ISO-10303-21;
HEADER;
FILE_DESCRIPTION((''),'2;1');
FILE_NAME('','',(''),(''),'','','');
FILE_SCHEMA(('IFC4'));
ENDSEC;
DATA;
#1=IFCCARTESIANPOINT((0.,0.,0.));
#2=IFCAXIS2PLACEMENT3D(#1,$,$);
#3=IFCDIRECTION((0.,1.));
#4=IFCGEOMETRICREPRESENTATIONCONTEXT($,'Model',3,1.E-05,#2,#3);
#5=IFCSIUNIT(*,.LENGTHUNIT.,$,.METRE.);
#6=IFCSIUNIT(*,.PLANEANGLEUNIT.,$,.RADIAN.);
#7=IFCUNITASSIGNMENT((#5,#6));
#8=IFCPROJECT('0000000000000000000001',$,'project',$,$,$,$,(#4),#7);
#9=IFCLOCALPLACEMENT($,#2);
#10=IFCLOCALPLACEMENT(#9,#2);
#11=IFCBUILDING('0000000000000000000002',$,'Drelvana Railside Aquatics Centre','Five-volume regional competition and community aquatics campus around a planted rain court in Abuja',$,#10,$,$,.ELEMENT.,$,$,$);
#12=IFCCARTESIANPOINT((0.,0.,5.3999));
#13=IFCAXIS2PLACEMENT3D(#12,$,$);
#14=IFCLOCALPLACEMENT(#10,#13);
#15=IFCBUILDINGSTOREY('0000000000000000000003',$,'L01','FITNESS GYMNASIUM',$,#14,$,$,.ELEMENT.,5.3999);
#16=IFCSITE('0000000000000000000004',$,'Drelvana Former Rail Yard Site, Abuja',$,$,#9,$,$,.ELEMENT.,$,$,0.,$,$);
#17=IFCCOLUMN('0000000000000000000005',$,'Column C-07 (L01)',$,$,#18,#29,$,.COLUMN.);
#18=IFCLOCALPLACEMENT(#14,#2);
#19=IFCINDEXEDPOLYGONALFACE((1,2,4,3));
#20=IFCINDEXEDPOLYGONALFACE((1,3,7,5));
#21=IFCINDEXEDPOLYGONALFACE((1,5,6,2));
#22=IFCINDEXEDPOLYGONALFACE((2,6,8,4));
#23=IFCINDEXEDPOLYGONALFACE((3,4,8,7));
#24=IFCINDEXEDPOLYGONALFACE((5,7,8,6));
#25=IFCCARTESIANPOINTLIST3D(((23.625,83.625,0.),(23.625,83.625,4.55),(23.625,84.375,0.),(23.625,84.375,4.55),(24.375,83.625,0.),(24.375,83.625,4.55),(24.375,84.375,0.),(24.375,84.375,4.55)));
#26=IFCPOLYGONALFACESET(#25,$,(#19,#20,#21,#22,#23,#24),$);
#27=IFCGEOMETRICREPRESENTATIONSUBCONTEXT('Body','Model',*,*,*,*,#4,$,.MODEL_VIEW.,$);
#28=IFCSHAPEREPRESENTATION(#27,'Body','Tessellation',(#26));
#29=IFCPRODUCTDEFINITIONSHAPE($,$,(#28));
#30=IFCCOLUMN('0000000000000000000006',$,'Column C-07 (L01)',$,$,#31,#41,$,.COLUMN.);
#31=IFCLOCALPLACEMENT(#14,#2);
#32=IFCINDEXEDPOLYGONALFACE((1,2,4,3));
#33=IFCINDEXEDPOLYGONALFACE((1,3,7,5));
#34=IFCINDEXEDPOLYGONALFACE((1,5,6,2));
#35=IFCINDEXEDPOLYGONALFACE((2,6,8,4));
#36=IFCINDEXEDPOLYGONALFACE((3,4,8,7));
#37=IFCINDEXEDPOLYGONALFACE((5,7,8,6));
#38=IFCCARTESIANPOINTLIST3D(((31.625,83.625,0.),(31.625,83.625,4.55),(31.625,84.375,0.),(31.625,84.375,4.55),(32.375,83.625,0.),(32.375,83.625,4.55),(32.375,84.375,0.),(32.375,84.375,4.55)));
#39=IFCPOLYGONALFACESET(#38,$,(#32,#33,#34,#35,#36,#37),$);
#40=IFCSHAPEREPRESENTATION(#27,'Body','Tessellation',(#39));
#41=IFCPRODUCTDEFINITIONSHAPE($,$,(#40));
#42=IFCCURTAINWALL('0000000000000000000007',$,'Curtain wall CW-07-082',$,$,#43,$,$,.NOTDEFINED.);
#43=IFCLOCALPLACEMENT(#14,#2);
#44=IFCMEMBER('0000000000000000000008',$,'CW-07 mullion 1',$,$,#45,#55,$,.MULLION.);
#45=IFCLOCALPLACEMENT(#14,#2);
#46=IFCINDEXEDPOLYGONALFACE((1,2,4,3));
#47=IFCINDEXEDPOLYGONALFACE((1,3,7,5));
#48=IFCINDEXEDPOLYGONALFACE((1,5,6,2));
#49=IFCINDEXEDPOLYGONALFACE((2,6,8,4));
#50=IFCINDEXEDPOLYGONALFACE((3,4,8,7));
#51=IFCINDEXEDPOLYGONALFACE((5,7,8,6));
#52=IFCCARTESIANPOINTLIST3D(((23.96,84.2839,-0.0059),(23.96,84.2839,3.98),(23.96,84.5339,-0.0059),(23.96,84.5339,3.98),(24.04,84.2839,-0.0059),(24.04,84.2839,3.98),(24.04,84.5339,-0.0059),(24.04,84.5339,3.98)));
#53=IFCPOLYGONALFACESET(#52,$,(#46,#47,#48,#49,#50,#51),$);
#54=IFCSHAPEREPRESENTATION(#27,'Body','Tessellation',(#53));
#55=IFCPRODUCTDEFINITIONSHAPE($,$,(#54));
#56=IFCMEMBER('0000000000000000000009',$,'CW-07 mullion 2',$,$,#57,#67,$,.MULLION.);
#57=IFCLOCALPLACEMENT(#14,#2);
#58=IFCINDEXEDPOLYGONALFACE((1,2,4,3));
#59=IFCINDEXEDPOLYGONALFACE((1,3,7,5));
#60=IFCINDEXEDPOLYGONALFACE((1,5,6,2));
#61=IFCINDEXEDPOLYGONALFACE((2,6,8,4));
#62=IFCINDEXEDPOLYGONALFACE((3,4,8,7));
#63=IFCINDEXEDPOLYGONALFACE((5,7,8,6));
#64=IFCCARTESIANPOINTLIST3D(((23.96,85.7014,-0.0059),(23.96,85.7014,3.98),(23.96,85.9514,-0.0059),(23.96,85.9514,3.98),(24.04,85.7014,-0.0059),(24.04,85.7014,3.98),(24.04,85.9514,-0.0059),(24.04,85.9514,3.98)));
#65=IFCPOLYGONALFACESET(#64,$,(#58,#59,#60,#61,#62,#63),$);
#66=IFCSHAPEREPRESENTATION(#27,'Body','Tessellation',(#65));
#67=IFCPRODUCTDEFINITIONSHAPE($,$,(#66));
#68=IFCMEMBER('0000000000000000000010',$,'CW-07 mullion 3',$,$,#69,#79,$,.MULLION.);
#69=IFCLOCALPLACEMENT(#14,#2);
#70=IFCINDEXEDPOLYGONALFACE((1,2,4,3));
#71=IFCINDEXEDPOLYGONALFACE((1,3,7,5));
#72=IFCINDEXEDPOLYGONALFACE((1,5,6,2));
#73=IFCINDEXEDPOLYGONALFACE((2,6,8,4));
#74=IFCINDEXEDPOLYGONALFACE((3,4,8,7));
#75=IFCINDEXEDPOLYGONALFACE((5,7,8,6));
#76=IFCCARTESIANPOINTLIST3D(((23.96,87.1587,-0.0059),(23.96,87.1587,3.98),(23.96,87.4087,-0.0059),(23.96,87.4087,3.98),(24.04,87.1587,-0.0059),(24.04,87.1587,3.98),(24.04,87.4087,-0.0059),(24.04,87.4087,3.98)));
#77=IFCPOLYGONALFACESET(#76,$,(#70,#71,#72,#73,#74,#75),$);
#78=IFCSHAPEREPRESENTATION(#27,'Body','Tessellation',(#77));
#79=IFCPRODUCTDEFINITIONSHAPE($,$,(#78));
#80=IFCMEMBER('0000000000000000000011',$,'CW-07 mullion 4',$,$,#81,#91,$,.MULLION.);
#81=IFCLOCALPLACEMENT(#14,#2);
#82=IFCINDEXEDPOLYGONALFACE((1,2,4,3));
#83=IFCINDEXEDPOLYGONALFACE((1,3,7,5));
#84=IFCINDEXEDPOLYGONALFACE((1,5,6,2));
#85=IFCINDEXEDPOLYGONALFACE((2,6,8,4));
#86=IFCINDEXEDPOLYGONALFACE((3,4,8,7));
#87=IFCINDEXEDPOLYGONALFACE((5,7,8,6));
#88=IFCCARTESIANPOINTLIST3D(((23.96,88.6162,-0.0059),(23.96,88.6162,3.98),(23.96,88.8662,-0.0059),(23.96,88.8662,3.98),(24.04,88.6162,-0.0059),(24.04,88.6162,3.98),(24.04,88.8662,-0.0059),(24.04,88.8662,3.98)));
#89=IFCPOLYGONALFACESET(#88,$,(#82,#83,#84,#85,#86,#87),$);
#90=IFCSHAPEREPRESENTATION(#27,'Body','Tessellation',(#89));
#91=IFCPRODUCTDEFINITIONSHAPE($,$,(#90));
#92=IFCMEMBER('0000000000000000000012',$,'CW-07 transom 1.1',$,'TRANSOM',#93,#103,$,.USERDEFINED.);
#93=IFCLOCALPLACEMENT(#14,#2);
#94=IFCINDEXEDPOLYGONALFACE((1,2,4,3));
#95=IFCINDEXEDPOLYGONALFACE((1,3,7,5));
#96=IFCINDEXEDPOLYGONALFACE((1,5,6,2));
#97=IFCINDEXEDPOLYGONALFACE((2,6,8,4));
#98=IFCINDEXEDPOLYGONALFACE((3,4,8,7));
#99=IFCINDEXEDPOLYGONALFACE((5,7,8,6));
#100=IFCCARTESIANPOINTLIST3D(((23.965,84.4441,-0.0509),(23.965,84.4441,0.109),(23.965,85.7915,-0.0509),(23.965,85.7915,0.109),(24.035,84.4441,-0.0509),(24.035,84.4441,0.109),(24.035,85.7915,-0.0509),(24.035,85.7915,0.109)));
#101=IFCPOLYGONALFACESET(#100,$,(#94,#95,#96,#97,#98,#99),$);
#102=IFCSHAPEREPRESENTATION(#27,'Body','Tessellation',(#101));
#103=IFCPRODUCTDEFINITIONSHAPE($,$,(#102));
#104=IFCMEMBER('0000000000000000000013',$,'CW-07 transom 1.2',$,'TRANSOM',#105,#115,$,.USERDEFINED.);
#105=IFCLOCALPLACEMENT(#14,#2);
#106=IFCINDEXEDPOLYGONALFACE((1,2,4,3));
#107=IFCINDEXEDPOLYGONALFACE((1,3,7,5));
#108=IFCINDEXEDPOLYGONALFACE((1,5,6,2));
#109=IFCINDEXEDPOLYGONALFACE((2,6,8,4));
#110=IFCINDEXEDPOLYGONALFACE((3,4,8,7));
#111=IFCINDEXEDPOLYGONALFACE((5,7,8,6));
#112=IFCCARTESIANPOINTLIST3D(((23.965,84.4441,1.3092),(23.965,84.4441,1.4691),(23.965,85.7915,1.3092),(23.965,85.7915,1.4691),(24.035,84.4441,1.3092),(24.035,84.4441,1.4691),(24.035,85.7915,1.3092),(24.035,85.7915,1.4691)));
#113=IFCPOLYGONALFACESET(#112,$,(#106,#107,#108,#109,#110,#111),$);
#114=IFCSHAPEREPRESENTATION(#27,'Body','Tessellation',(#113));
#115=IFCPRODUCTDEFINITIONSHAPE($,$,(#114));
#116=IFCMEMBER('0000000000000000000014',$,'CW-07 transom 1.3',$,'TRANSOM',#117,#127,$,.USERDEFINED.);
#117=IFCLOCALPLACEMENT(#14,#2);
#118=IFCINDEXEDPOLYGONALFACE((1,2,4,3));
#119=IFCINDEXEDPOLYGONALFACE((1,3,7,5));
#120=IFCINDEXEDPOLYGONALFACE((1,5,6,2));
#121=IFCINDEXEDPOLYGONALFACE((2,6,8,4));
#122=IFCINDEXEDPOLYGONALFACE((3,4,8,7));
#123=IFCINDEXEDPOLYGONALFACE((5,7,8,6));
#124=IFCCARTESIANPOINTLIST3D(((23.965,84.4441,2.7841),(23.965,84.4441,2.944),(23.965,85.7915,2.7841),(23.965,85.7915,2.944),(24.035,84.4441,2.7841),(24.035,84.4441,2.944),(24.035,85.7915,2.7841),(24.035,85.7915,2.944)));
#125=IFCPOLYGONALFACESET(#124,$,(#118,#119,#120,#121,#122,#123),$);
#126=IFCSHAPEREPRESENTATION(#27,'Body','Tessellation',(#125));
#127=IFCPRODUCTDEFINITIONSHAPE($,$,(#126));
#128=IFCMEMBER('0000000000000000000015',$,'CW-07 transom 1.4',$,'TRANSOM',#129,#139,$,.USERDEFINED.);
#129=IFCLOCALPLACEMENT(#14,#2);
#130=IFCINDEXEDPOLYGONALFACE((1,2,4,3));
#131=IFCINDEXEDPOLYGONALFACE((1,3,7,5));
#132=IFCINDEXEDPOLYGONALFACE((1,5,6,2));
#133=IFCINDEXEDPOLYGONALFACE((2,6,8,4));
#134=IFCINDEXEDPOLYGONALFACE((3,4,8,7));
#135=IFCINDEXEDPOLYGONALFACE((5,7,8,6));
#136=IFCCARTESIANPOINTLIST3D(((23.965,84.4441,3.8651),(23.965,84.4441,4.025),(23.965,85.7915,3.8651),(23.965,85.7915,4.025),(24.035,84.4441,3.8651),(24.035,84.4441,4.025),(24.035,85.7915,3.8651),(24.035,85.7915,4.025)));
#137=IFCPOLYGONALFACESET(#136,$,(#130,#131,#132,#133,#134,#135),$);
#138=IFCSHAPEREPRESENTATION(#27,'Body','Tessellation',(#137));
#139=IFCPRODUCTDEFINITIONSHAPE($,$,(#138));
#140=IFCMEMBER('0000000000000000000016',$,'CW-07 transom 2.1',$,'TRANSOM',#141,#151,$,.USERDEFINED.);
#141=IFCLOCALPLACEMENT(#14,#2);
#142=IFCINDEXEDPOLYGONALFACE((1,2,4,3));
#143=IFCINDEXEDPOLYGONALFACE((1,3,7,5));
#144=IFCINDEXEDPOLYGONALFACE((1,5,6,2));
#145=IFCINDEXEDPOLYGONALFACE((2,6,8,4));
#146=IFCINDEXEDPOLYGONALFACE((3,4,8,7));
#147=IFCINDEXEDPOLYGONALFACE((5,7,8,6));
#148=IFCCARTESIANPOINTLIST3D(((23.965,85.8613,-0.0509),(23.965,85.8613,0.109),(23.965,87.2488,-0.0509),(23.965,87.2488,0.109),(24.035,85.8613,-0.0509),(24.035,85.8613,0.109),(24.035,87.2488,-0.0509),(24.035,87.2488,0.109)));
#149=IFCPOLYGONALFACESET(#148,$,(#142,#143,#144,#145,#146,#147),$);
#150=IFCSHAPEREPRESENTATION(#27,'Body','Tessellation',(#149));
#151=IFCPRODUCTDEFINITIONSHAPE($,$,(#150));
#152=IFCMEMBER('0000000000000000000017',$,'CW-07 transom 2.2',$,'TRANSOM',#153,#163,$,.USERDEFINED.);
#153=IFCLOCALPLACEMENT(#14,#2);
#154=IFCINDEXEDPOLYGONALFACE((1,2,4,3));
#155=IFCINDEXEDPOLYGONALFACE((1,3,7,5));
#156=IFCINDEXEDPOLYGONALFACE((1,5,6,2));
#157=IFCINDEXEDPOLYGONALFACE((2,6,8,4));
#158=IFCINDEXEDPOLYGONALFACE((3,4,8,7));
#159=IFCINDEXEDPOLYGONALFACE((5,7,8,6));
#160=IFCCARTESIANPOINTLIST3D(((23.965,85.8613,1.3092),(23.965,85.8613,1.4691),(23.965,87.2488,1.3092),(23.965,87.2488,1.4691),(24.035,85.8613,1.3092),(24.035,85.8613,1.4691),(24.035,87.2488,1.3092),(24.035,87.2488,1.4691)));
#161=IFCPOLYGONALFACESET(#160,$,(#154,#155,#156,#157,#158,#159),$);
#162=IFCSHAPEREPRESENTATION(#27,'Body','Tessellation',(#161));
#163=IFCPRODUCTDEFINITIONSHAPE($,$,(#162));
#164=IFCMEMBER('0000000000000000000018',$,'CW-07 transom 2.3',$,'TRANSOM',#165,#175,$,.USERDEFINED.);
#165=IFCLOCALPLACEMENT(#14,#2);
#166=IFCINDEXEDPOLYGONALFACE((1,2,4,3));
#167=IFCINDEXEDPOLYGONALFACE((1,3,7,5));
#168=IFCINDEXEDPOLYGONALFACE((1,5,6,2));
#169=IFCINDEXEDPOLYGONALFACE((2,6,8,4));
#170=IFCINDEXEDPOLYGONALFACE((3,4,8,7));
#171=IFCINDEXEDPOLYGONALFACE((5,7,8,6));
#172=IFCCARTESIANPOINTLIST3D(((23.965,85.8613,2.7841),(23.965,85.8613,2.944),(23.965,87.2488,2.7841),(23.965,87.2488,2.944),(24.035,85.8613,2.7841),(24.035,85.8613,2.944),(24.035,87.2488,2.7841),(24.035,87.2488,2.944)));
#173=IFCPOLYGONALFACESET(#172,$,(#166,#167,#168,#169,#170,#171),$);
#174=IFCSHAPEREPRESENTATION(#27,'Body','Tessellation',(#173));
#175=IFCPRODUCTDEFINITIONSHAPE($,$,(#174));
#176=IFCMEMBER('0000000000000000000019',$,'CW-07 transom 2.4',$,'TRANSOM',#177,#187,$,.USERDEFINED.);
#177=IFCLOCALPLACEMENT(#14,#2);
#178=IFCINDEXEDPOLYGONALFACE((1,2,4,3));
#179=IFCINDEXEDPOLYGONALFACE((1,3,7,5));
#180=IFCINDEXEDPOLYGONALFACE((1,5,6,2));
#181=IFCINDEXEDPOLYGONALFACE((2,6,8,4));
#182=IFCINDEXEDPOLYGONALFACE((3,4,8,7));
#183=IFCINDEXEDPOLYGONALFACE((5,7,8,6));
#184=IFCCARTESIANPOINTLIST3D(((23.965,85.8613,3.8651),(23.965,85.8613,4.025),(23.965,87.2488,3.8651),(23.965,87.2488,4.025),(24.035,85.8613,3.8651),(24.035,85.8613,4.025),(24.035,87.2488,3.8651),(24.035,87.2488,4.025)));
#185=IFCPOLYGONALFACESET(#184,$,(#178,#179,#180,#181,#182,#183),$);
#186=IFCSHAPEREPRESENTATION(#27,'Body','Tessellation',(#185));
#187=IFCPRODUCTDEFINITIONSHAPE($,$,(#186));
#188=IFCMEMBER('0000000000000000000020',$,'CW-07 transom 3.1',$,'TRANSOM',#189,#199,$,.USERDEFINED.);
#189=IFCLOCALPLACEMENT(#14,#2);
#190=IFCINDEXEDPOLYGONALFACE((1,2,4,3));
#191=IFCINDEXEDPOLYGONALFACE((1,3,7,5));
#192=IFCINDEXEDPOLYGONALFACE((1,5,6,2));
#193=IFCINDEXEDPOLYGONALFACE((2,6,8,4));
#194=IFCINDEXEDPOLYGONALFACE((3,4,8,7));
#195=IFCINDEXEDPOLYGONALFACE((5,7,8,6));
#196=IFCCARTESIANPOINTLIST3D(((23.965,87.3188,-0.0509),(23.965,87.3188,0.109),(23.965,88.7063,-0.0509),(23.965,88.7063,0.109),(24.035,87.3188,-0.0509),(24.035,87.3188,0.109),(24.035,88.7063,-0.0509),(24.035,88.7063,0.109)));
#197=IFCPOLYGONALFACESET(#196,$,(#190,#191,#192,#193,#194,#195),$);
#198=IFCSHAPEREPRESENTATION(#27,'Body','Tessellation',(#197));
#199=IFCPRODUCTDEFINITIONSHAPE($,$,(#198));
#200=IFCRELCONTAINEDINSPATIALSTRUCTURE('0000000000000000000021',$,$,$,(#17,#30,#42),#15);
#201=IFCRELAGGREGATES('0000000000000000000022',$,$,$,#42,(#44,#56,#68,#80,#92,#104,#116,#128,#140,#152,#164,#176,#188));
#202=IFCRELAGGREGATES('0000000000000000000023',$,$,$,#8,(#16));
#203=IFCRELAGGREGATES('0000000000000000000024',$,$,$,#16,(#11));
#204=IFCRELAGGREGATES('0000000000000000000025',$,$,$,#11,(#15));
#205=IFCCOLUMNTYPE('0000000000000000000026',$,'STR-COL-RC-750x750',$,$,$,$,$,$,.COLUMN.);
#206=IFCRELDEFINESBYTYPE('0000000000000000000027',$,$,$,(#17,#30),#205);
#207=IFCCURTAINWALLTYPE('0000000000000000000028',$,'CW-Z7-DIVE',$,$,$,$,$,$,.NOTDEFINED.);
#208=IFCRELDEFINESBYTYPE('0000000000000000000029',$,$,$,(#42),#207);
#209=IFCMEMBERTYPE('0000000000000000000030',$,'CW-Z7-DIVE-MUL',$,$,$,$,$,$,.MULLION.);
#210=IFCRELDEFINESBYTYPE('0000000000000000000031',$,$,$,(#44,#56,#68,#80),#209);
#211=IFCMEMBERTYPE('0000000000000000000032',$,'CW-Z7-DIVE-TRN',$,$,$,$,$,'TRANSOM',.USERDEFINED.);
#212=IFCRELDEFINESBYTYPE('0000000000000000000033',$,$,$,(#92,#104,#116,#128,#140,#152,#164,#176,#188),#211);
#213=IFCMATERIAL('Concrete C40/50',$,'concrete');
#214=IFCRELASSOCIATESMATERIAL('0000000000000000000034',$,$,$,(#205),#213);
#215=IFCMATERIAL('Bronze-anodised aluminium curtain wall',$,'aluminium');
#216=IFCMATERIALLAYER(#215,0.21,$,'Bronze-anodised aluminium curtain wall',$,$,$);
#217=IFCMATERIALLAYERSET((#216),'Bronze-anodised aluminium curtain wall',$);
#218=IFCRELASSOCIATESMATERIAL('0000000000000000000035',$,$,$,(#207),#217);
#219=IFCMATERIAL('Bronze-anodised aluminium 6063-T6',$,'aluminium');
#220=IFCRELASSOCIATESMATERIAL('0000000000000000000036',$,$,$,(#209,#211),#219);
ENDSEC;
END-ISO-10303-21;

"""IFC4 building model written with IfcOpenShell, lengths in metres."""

from ifc_helpers import new_model, si_unit, direction, frame, origin, origin_2d, place, context, subcontext, project, spatial, rectangle, extrude, material, layer, layer_set, material_profile, profile_set, type_object, element, aggregate, save


model = new_model("IFC4")

# Units and contexts
model_context = context("Model", 3, precision=1e-05, world=origin(), true_north=direction((0.0, 1.0)))
body_context = subcontext(model_context, "Body", "Model", "MODEL_VIEW")
ifc_project = project(units=[si_unit("LENGTHUNIT", "METRE"), si_unit("PLANEANGLEUNIT", "RADIAN")], contexts=[model_context])

# Site, building, storey
site_placement = place(None, origin())
site = spatial("IfcSite", under=ifc_project, at=site_placement, Name="Drelvana Former Rail Yard Site, Abuja", CompositionType="ELEMENT", RefElevation=0.0)
building_placement = place(site_placement, origin())
building = spatial("IfcBuilding", under=site, at=building_placement, Name="Drelvana Railside Aquatics Centre", Description="Five-volume regional competition and community aquatics campus around a planted rain court in Abuja", CompositionType="ELEMENT")
storey_placement = place(building_placement, frame((0.0, 0.0, 5.3999)))
storey = spatial("IfcBuildingStorey", under=building, at=storey_placement, Name="L01", Description="FITNESS GYMNASIUM", CompositionType="ELEMENT", Elevation=5.3999)

# Columns
ifc_material_1 = material(Name="Concrete C40/50", Category="concrete")
ifc_material_profile_1 = material_profile(ifc_material_1, rectangle(XDim=0.75, YDim=0.75, at=origin_2d()), Name="RC 750x750")
ifc_profile_set_1 = profile_set([ifc_material_profile_1], Name="Concrete C40/50")
column_type = type_object("IfcColumnType", Name="STR-COL-RC-750x750", PredefinedType="COLUMN", material=ifc_profile_set_1)
for number, where, z_axis, x_axis, name in (
    (1, (24.0, 84.0, 0.0), (0.0, 0.0, 1.0), (1.0, 0.0, 0.0), "Column C-07 (L01)"),
    (2, (32.0, 84.0, 0.0), (0.0, 0.0, 1.0), (1.0, 0.0, 0.0), "Column C-07 (L01)"),
):
    element("IfcColumn", number, at=place(storey_placement, frame(where, z_axis=z_axis, x_axis=x_axis)), inside=storey, type_object=column_type, Name=name, PredefinedType="COLUMN", context=body_context, shape_type="SweptSolid", body=[
        extrude(rectangle(XDim=0.75, YDim=0.75, at=origin_2d()), origin(), (0.0, 0.0, 1.0), 4.55),
    ])

# Curtain wall, members
ifc_material_2 = material(Name="Bronze-anodised aluminium curtain wall", Category="aluminium")
ifc_layer_1 = layer(ifc_material_2, 0.21, Name="Bronze-anodised aluminium curtain wall")
ifc_layer_set_1 = layer_set([ifc_layer_1], Name="Bronze-anodised aluminium curtain wall")
curtain_wall_type = type_object("IfcCurtainWallType", Name="CW-Z7-DIVE", PredefinedType="NOTDEFINED", material=ifc_layer_set_1)
curtain_wall_placement = place(storey_placement, origin())
curtain_wall = element("IfcCurtainWall", 3, at=curtain_wall_placement, inside=storey, type_object=curtain_wall_type, Name="Curtain wall CW-07-082", PredefinedType="NOTDEFINED")
ifc_material_3 = material(Name="Bronze-anodised aluminium 6063-T6", Category="aluminium")
ifc_material_profile_2 = material_profile(ifc_material_3, rectangle(XDim=0.0801, YDim=0.25, at=origin_2d()), Name="ALU-M 80x250")
ifc_profile_set_2 = profile_set([ifc_material_profile_2], Name="Bronze-anodised aluminium 6063-T6")
member_type_1 = type_object("IfcMemberType", Name="CW-Z7-DIVE-MUL", PredefinedType="MULLION", material=ifc_profile_set_2)
member_1_placement = place(storey_placement, frame((24.0, 84.4089, -0.0059), z_axis=(0.0, 0.0, 1.0), x_axis=(-1.0, 0.0, 0.0)))
member_1 = element("IfcMember", 4, at=member_1_placement, type_object=member_type_1, Name="CW-07 mullion 1", PredefinedType="MULLION", context=body_context, shape_type="SweptSolid", body=[
    extrude(rectangle(XDim=0.0801, YDim=0.25, at=origin_2d()), origin(), (0.0, 0.0, 1.0), 3.9858),
])
member_2_placement = place(storey_placement, frame((24.0, 85.8264, -0.0059), z_axis=(0.0, 0.0, 1.0), x_axis=(-1.0, 0.0, 0.0)))
member_2 = element("IfcMember", 5, at=member_2_placement, type_object=member_type_1, Name="CW-07 mullion 2", PredefinedType="MULLION", context=body_context, shape_type="SweptSolid", body=[
    extrude(rectangle(XDim=0.0801, YDim=0.25, at=origin_2d()), origin(), (0.0, 0.0, 1.0), 3.9858),
])
member_3_placement = place(storey_placement, frame((24.0, 87.2837, -0.0059), z_axis=(0.0, 0.0, 1.0), x_axis=(-1.0, 0.0, 0.0)))
member_3 = element("IfcMember", 6, at=member_3_placement, type_object=member_type_1, Name="CW-07 mullion 3", PredefinedType="MULLION", context=body_context, shape_type="SweptSolid", body=[
    extrude(rectangle(XDim=0.0801, YDim=0.25, at=origin_2d()), origin(), (0.0, 0.0, 1.0), 3.9858),
])
member_4_placement = place(storey_placement, frame((24.0, 88.7412, -0.0059), z_axis=(0.0, 0.0, 1.0), x_axis=(-1.0, 0.0, 0.0)))
member_4 = element("IfcMember", 7, at=member_4_placement, type_object=member_type_1, Name="CW-07 mullion 4", PredefinedType="MULLION", context=body_context, shape_type="SweptSolid", body=[
    extrude(rectangle(XDim=0.0801, YDim=0.25, at=origin_2d()), origin(), (0.0, 0.0, 1.0), 3.9858),
])
ifc_material_profile_3 = material_profile(ifc_material_3, rectangle(XDim=0.1599, YDim=0.0701, at=origin_2d()), Name="ALU-T 70x160")
ifc_profile_set_3 = profile_set([ifc_material_profile_3], Name="Bronze-anodised aluminium 6063-T6")
member_type_2 = type_object("IfcMemberType", Name="CW-Z7-DIVE-TRN", ElementType="TRANSOM", PredefinedType="USERDEFINED", material=ifc_profile_set_3)
member_5_placement = place(storey_placement, frame((24.0, 84.4441, 0.0291), z_axis=(0.0, 1.0, 0.0), x_axis=(0.0, 0.0, 1.0)))
member_5 = element("IfcMember", 8, at=member_5_placement, type_object=member_type_2, Name="CW-07 transom 1.1", ObjectType="TRANSOM", PredefinedType="USERDEFINED", context=body_context, shape_type="SweptSolid", body=[
    extrude(rectangle(XDim=0.1599, YDim=0.0701, at=origin_2d()), origin(), (0.0, 0.0, 1.0), 1.3474),
])
member_6_placement = place(storey_placement, frame((24.0, 84.4441, 1.3892), z_axis=(0.0, 1.0, 0.0), x_axis=(0.0, 0.0, 1.0)))
member_6 = element("IfcMember", 9, at=member_6_placement, type_object=member_type_2, Name="CW-07 transom 1.2", ObjectType="TRANSOM", PredefinedType="USERDEFINED", context=body_context, shape_type="SweptSolid", body=[
    extrude(rectangle(XDim=0.1599, YDim=0.0701, at=origin_2d()), origin(), (0.0, 0.0, 1.0), 1.3474),
])
member_7_placement = place(storey_placement, frame((24.0, 84.4441, 2.864), z_axis=(0.0, 1.0, 0.0), x_axis=(0.0, 0.0, 1.0)))
member_7 = element("IfcMember", 10, at=member_7_placement, type_object=member_type_2, Name="CW-07 transom 1.3", ObjectType="TRANSOM", PredefinedType="USERDEFINED", context=body_context, shape_type="SweptSolid", body=[
    extrude(rectangle(XDim=0.1599, YDim=0.0701, at=origin_2d()), origin(), (0.0, 0.0, 1.0), 1.3474),
])
member_8_placement = place(storey_placement, frame((24.0, 84.4441, 3.9451), z_axis=(0.0, 1.0, 0.0), x_axis=(0.0, 0.0, 1.0)))
member_8 = element("IfcMember", 11, at=member_8_placement, type_object=member_type_2, Name="CW-07 transom 1.4", ObjectType="TRANSOM", PredefinedType="USERDEFINED", context=body_context, shape_type="SweptSolid", body=[
    extrude(rectangle(XDim=0.1599, YDim=0.0701, at=origin_2d()), origin(), (0.0, 0.0, 1.0), 1.3474),
])
member_9_placement = place(storey_placement, frame((24.0, 85.8613, 0.0291), z_axis=(0.0, 1.0, 0.0), x_axis=(0.0, 0.0, 1.0)))
member_9 = element("IfcMember", 12, at=member_9_placement, type_object=member_type_2, Name="CW-07 transom 2.1", ObjectType="TRANSOM", PredefinedType="USERDEFINED", context=body_context, shape_type="SweptSolid", body=[
    extrude(rectangle(XDim=0.1599, YDim=0.0701, at=origin_2d()), origin(), (0.0, 0.0, 1.0), 1.3875),
])
member_10_placement = place(storey_placement, frame((24.0, 85.8613, 1.3892), z_axis=(0.0, 1.0, 0.0), x_axis=(0.0, 0.0, 1.0)))
member_10 = element("IfcMember", 13, at=member_10_placement, type_object=member_type_2, Name="CW-07 transom 2.2", ObjectType="TRANSOM", PredefinedType="USERDEFINED", context=body_context, shape_type="SweptSolid", body=[
    extrude(rectangle(XDim=0.1599, YDim=0.0701, at=origin_2d()), origin(), (0.0, 0.0, 1.0), 1.3875),
])
member_11_placement = place(storey_placement, frame((24.0, 85.8613, 2.864), z_axis=(0.0, 1.0, 0.0), x_axis=(0.0, 0.0, 1.0)))
member_11 = element("IfcMember", 14, at=member_11_placement, type_object=member_type_2, Name="CW-07 transom 2.3", ObjectType="TRANSOM", PredefinedType="USERDEFINED", context=body_context, shape_type="SweptSolid", body=[
    extrude(rectangle(XDim=0.1599, YDim=0.0701, at=origin_2d()), origin(), (0.0, 0.0, 1.0), 1.3875),
])
member_12_placement = place(storey_placement, frame((24.0, 85.8613, 3.9451), z_axis=(0.0, 1.0, 0.0), x_axis=(0.0, 0.0, 1.0)))
member_12 = element("IfcMember", 15, at=member_12_placement, type_object=member_type_2, Name="CW-07 transom 2.4", ObjectType="TRANSOM", PredefinedType="USERDEFINED", context=body_context, shape_type="SweptSolid", body=[
    extrude(rectangle(XDim=0.1599, YDim=0.0701, at=origin_2d()), origin(), (0.0, 0.0, 1.0), 1.3875),
])
member_13_placement = place(storey_placement, frame((24.0, 87.3188, 0.0291), z_axis=(0.0, 1.0, 0.0), x_axis=(0.0, 0.0, 1.0)))
member_13 = element("IfcMember", 16, at=member_13_placement, type_object=member_type_2, Name="CW-07 transom 3.1", ObjectType="TRANSOM", PredefinedType="USERDEFINED", context=body_context, shape_type="SweptSolid", body=[
    extrude(rectangle(XDim=0.1599, YDim=0.0701, at=origin_2d()), origin(), (0.0, 0.0, 1.0), 1.3875),
])

aggregate(curtain_wall, [member_1, member_2, member_3, member_4, member_5, member_6, member_7, member_8, member_9, member_10, member_11, member_12, member_13])

save(model, "model.ifc")
